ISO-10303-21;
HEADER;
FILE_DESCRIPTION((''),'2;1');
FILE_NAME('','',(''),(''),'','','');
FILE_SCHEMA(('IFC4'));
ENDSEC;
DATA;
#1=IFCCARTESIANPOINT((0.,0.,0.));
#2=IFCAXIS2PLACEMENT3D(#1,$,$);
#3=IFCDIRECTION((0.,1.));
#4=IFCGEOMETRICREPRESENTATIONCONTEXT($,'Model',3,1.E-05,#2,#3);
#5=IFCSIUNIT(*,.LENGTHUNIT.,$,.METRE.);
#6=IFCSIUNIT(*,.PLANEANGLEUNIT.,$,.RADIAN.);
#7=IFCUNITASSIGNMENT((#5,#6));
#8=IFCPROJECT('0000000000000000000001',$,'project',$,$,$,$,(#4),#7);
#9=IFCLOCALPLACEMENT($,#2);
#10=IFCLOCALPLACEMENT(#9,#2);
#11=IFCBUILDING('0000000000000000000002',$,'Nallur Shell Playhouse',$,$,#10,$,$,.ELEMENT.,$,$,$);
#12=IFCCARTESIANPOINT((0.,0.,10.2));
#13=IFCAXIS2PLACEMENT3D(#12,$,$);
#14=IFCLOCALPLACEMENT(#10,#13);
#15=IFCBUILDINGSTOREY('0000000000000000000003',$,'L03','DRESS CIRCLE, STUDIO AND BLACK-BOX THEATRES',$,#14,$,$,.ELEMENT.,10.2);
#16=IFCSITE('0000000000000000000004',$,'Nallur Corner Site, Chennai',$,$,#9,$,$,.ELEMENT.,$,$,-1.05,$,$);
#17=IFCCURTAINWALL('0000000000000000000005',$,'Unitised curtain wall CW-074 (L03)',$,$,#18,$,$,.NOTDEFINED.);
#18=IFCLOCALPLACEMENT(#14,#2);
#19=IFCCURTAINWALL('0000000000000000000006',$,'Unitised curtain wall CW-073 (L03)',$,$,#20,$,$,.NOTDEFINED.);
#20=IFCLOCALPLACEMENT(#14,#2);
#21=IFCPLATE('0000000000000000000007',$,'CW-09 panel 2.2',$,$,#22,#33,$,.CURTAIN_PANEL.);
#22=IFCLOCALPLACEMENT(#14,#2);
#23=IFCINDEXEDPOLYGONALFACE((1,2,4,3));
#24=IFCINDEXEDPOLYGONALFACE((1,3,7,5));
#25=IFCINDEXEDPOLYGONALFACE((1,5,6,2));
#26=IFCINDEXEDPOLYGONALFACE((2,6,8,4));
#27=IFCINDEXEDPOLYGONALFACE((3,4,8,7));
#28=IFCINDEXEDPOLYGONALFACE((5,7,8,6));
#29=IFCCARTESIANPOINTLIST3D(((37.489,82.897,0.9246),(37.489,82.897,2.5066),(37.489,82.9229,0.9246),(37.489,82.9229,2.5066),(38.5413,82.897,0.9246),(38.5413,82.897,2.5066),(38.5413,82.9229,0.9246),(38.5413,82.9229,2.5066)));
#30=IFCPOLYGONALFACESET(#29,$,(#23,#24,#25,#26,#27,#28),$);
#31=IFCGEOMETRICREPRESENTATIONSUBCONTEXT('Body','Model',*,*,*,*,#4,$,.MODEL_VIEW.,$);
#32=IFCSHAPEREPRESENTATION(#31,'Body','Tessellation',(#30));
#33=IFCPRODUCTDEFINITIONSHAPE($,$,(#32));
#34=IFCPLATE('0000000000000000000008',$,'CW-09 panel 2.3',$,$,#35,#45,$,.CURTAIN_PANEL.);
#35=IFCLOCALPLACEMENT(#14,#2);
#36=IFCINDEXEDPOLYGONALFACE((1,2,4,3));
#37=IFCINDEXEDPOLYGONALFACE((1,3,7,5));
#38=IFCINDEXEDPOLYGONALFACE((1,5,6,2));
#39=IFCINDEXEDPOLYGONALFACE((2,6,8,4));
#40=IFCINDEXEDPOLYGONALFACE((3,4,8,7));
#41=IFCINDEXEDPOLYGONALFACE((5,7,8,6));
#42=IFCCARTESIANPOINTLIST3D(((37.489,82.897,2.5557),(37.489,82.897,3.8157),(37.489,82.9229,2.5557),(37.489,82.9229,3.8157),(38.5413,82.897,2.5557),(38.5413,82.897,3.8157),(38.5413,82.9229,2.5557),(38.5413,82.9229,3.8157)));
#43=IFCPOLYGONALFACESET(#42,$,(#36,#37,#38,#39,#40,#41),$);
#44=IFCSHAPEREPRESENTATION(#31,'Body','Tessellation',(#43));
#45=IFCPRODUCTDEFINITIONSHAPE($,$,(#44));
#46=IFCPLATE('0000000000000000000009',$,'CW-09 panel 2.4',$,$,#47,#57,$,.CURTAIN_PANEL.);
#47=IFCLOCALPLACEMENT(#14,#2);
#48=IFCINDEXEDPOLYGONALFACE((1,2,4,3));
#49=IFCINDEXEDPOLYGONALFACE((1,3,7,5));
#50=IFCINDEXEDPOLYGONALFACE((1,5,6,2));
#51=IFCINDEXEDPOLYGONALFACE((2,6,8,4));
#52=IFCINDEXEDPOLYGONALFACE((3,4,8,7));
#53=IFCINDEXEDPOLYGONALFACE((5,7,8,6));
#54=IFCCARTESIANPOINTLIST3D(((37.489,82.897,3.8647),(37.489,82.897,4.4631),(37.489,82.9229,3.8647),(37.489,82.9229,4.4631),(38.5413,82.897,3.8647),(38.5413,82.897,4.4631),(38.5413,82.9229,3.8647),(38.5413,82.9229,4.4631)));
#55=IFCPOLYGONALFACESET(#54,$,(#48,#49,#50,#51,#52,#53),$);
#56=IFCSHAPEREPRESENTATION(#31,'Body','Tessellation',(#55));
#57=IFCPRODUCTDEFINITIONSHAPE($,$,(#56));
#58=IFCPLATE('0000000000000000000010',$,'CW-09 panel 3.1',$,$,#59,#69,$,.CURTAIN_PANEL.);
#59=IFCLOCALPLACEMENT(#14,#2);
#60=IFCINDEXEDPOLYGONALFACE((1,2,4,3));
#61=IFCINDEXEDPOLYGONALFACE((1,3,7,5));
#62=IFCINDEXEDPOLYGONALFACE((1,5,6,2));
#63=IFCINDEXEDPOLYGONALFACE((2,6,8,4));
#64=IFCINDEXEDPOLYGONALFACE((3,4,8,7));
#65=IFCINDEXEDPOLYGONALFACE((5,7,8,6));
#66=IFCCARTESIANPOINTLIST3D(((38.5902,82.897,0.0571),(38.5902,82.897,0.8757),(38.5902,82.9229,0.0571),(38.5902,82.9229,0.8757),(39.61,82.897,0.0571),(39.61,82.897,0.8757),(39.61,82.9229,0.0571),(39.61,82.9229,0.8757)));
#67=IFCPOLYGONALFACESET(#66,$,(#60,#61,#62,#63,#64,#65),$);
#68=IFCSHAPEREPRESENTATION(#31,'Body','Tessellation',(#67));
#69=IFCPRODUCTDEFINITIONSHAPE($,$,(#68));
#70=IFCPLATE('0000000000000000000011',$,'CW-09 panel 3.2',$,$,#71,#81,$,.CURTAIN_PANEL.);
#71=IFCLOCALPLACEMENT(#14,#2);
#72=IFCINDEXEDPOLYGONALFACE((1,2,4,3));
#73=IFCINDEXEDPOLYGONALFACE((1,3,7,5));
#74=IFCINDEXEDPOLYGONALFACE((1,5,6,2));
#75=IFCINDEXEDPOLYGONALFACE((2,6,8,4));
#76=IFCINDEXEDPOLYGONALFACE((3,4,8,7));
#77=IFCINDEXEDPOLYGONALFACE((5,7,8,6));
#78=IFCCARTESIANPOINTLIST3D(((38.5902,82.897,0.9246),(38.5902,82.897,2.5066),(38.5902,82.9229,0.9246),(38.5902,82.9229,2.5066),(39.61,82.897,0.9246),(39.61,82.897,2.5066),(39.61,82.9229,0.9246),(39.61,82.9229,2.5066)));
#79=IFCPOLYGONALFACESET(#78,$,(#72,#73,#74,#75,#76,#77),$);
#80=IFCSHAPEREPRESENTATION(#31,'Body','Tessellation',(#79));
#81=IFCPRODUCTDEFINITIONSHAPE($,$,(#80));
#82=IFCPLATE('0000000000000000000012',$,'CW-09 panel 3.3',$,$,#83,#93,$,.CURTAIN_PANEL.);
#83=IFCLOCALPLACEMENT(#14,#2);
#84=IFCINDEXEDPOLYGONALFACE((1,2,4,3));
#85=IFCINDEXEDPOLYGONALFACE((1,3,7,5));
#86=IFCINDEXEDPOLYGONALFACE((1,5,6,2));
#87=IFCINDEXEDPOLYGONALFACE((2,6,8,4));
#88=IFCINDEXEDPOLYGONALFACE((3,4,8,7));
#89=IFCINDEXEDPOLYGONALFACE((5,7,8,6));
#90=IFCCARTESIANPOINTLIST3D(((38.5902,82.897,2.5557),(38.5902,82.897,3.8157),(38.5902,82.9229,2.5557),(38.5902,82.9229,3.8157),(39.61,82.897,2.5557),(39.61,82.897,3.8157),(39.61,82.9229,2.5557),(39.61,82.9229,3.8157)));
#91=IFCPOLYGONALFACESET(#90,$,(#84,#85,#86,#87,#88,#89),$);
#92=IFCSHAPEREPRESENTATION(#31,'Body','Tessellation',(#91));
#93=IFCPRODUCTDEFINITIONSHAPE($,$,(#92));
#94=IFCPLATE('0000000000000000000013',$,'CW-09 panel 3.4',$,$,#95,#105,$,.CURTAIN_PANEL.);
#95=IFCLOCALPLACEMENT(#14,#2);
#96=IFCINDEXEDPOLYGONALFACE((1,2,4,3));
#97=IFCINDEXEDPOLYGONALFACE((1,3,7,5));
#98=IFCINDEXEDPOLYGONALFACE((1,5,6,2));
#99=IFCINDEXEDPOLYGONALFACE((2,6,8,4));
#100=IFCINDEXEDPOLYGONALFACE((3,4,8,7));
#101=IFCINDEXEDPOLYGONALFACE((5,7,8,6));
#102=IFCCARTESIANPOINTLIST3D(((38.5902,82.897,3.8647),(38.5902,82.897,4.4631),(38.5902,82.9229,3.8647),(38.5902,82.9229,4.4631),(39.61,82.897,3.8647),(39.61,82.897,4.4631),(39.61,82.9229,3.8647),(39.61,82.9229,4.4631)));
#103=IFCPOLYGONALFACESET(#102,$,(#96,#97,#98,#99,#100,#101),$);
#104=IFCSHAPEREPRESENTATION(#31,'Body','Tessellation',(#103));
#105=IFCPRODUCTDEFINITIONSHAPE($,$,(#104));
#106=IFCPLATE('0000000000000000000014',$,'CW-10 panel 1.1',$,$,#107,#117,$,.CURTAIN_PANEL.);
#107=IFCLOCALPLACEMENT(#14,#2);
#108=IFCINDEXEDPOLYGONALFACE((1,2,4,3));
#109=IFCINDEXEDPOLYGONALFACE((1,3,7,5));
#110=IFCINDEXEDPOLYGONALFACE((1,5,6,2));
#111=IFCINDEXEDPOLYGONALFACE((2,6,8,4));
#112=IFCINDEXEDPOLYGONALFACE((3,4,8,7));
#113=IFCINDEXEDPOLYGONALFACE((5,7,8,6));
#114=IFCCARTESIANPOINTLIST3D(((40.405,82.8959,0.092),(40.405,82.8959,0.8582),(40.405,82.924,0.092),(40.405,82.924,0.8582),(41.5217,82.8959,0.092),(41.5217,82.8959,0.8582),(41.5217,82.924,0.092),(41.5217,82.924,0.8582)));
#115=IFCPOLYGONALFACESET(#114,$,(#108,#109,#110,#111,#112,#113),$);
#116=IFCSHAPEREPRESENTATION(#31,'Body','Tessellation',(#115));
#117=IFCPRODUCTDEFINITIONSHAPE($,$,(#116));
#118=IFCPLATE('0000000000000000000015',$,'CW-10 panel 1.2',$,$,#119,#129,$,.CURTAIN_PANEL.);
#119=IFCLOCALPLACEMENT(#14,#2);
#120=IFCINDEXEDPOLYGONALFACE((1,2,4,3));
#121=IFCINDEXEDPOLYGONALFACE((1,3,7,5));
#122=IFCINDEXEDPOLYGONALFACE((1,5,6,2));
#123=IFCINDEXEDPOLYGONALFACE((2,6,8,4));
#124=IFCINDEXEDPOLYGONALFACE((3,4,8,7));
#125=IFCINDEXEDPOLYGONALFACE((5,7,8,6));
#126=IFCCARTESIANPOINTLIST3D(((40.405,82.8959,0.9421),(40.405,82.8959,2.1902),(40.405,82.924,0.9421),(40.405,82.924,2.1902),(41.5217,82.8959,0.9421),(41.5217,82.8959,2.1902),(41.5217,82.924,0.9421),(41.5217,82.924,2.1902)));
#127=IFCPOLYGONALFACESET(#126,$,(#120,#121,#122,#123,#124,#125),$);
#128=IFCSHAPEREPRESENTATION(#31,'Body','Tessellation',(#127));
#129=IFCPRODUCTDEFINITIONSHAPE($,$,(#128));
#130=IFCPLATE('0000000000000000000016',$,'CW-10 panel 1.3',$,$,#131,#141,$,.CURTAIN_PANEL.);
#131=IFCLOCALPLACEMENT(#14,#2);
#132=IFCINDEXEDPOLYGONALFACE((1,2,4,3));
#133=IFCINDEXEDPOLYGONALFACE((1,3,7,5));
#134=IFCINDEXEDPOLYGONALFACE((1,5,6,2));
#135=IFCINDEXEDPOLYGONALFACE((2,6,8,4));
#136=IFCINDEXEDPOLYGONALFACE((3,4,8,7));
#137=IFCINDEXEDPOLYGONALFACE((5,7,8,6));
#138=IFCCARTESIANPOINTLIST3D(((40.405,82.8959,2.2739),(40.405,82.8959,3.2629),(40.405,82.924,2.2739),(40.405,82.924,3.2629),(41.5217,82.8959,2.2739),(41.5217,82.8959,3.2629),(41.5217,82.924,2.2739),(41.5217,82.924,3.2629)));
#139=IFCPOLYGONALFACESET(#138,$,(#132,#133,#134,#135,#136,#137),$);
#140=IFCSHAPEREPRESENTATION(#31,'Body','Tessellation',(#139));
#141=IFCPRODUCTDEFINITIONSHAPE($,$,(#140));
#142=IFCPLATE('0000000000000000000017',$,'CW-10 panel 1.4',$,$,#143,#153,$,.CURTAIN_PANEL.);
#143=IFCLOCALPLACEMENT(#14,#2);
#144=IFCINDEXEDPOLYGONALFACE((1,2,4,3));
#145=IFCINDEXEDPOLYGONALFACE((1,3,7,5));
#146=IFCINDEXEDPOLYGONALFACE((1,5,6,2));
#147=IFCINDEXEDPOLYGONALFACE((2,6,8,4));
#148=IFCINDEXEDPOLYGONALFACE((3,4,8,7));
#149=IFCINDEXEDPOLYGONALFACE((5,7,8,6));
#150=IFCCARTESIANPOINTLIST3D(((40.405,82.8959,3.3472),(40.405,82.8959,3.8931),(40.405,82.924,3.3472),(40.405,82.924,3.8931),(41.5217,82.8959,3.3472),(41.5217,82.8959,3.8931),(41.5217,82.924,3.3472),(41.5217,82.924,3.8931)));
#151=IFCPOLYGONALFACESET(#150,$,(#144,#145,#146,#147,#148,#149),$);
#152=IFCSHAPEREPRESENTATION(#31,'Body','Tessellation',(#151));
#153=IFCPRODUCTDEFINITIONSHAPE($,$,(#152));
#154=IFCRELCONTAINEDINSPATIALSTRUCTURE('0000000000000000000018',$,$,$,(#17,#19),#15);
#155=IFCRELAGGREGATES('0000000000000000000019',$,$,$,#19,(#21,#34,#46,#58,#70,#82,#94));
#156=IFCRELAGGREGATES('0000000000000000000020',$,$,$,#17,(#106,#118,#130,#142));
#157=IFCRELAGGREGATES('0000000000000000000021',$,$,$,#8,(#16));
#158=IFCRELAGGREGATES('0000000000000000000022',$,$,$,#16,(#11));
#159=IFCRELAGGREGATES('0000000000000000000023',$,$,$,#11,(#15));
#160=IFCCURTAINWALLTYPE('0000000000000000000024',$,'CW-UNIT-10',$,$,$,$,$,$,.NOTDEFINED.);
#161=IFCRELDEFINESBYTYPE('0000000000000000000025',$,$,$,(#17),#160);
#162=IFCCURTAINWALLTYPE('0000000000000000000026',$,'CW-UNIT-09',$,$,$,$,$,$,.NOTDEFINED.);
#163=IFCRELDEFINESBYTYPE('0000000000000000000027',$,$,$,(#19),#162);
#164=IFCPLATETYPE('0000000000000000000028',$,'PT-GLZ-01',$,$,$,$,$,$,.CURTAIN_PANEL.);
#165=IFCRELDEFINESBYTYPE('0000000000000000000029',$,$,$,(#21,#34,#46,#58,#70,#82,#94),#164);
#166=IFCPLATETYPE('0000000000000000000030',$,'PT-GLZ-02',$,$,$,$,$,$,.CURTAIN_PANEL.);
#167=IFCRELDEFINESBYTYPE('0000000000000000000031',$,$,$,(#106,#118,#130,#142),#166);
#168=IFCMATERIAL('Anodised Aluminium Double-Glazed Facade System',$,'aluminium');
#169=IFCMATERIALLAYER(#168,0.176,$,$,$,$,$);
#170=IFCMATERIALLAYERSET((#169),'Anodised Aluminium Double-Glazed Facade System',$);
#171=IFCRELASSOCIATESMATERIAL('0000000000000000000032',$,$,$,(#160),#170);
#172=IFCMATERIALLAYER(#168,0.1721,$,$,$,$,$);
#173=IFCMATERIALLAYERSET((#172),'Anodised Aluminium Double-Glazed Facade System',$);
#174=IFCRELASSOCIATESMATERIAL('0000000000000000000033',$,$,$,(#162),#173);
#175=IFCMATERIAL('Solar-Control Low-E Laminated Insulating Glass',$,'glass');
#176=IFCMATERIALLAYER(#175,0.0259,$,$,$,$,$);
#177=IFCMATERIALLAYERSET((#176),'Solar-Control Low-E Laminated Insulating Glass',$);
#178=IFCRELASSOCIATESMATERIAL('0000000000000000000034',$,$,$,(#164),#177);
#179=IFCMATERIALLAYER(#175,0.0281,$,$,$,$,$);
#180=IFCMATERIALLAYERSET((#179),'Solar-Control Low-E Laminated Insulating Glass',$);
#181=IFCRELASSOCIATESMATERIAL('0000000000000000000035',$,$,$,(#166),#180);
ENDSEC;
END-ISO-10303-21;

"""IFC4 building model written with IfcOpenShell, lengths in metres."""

from ifc_helpers import new_model, si_unit, direction, frame, origin, origin_2d, place, context, subcontext, project, spatial, rectangle, extrude, material, layer, layer_set, type_object, element, aggregate, save


model = new_model("IFC4")

# Units and contexts
model_context = context("Model", 3, precision=1e-05, world=origin(), true_north=direction((0.0, 1.0)))
body_context = subcontext(model_context, "Body", "Model", "MODEL_VIEW")
ifc_project = project(units=[si_unit("LENGTHUNIT", "METRE"), si_unit("PLANEANGLEUNIT", "RADIAN")], contexts=[model_context])

# Site, building, storey
site_placement = place(None, origin())
site = spatial("IfcSite", under=ifc_project, at=site_placement, Name="Nallur Corner Site, Chennai", CompositionType="ELEMENT", RefElevation=-1.05)
building_placement = place(site_placement, origin())
building = spatial("IfcBuilding", under=site, at=building_placement, Name="Nallur Shell Playhouse", CompositionType="ELEMENT")
storey_placement = place(building_placement, frame((0.0, 0.0, 10.2)))
storey = spatial("IfcBuildingStorey", under=building, at=storey_placement, Name="L03", Description="DRESS CIRCLE, STUDIO AND BLACK-BOX THEATRES", CompositionType="ELEMENT", Elevation=10.2)

# Curtain wall
ifc_material_1 = material(Name="Anodised Aluminium Double-Glazed Facade System", Category="aluminium")
ifc_layer_1 = layer(ifc_material_1, 0.176)
ifc_layer_set_1 = layer_set([ifc_layer_1], Name="Anodised Aluminium Double-Glazed Facade System")
curtain_wall_type_1 = type_object("IfcCurtainWallType", Name="CW-UNIT-10", PredefinedType="NOTDEFINED", material=ifc_layer_set_1)
curtain_wall_1_placement = place(storey_placement, origin())
curtain_wall_1 = element("IfcCurtainWall", 1, at=curtain_wall_1_placement, inside=storey, type_object=curtain_wall_type_1, Name="Unitised curtain wall CW-074 (L03)", PredefinedType="NOTDEFINED")

# Curtain wall
ifc_layer_2 = layer(ifc_material_1, 0.1721)
ifc_layer_set_2 = layer_set([ifc_layer_2], Name="Anodised Aluminium Double-Glazed Facade System")
curtain_wall_type_2 = type_object("IfcCurtainWallType", Name="CW-UNIT-09", PredefinedType="NOTDEFINED", material=ifc_layer_set_2)
curtain_wall_2_placement = place(storey_placement, origin())
curtain_wall_2 = element("IfcCurtainWall", 2, at=curtain_wall_2_placement, inside=storey, type_object=curtain_wall_type_2, Name="Unitised curtain wall CW-073 (L03)", PredefinedType="NOTDEFINED")

# Plates
ifc_material_2 = material(Name="Solar-Control Low-E Laminated Insulating Glass", Category="glass")
ifc_layer_3 = layer(ifc_material_2, 0.0259)
ifc_layer_set_3 = layer_set([ifc_layer_3], Name="Solar-Control Low-E Laminated Insulating Glass")
plate_type_1 = type_object("IfcPlateType", Name="PT-GLZ-01", PredefinedType="CURTAIN_PANEL", material=ifc_layer_set_3)
plate_1_placement = place(storey_placement, frame((38.0151, 82.9099, 0.9246), z_axis=(0.0, 0.0, 1.0), x_axis=(1.0, 0.0, 0.0)))
plate_1 = element("IfcPlate", 3, at=plate_1_placement, type_object=plate_type_1, Name="CW-09 panel 2.2", PredefinedType="CURTAIN_PANEL", context=body_context, shape_type="SweptSolid", body=[
    extrude(rectangle(XDim=1.0522, YDim=0.0259, at=origin_2d()), origin(), (0.0, 0.0, 1.0), 1.582),
])
plate_2_placement = place(storey_placement, frame((38.0151, 82.9099, 2.5557), z_axis=(0.0, 0.0, 1.0), x_axis=(1.0, 0.0, 0.0)))
plate_2 = element("IfcPlate", 4, at=plate_2_placement, type_object=plate_type_1, Name="CW-09 panel 2.3", PredefinedType="CURTAIN_PANEL", context=body_context, shape_type="SweptSolid", body=[
    extrude(rectangle(XDim=1.0522, YDim=0.0259, at=origin_2d()), origin(), (0.0, 0.0, 1.0), 1.26),
])
plate_3_placement = place(storey_placement, frame((38.0151, 82.9099, 3.8647), z_axis=(0.0, 0.0, 1.0), x_axis=(1.0, 0.0, 0.0)))
plate_3 = element("IfcPlate", 5, at=plate_3_placement, type_object=plate_type_1, Name="CW-09 panel 2.4", PredefinedType="CURTAIN_PANEL", context=body_context, shape_type="SweptSolid", body=[
    extrude(rectangle(XDim=1.0522, YDim=0.0259, at=origin_2d()), origin(), (0.0, 0.0, 1.0), 0.5984),
])
plate_4_placement = place(storey_placement, frame((39.1001, 82.9099, 0.0571), z_axis=(0.0, 0.0, 1.0), x_axis=(1.0, 0.0, 0.0)))
plate_4 = element("IfcPlate", 6, at=plate_4_placement, type_object=plate_type_1, Name="CW-09 panel 3.1", PredefinedType="CURTAIN_PANEL", context=body_context, shape_type="SweptSolid", body=[
    extrude(rectangle(XDim=1.0198, YDim=0.0259, at=origin_2d()), origin(), (0.0, 0.0, 1.0), 0.8186),
])
plate_5_placement = place(storey_placement, frame((39.1001, 82.9099, 0.9246), z_axis=(0.0, 0.0, 1.0), x_axis=(1.0, 0.0, 0.0)))
plate_5 = element("IfcPlate", 7, at=plate_5_placement, type_object=plate_type_1, Name="CW-09 panel 3.2", PredefinedType="CURTAIN_PANEL", context=body_context, shape_type="SweptSolid", body=[
    extrude(rectangle(XDim=1.0198, YDim=0.0259, at=origin_2d()), origin(), (0.0, 0.0, 1.0), 1.582),
])
plate_6_placement = place(storey_placement, frame((39.1001, 82.9099, 2.5557), z_axis=(0.0, 0.0, 1.0), x_axis=(1.0, 0.0, 0.0)))
plate_6 = element("IfcPlate", 8, at=plate_6_placement, type_object=plate_type_1, Name="CW-09 panel 3.3", PredefinedType="CURTAIN_PANEL", context=body_context, shape_type="SweptSolid", body=[
    extrude(rectangle(XDim=1.0198, YDim=0.0259, at=origin_2d()), origin(), (0.0, 0.0, 1.0), 1.26),
])
plate_7_placement = place(storey_placement, frame((39.1001, 82.9099, 3.8647), z_axis=(0.0, 0.0, 1.0), x_axis=(1.0, 0.0, 0.0)))
plate_7 = element("IfcPlate", 9, at=plate_7_placement, type_object=plate_type_1, Name="CW-09 panel 3.4", PredefinedType="CURTAIN_PANEL", context=body_context, shape_type="SweptSolid", body=[
    extrude(rectangle(XDim=1.0198, YDim=0.0259, at=origin_2d()), origin(), (0.0, 0.0, 1.0), 0.5984),
])
aggregate(curtain_wall_2, [plate_1, plate_2, plate_3, plate_4, plate_5, plate_6, plate_7])
ifc_layer_4 = layer(ifc_material_2, 0.0281)
ifc_layer_set_4 = layer_set([ifc_layer_4], Name="Solar-Control Low-E Laminated Insulating Glass")
plate_type_2 = type_object("IfcPlateType", Name="PT-GLZ-02", PredefinedType="CURTAIN_PANEL", material=ifc_layer_set_4)
plate_8_placement = place(storey_placement, frame((40.9634, 82.9099, 0.092), z_axis=(0.0, 0.0, 1.0), x_axis=(1.0, 0.0, 0.0)))
plate_8 = element("IfcPlate", 10, at=plate_8_placement, type_object=plate_type_2, Name="CW-10 panel 1.1", PredefinedType="CURTAIN_PANEL", context=body_context, shape_type="SweptSolid", body=[
    extrude(rectangle(XDim=1.1167, YDim=0.0281, at=origin_2d()), origin(), (0.0, 0.0, 1.0), 0.7661),
])
plate_9_placement = place(storey_placement, frame((40.9634, 82.9099, 0.9421), z_axis=(0.0, 0.0, 1.0), x_axis=(1.0, 0.0, 0.0)))
plate_9 = element("IfcPlate", 11, at=plate_9_placement, type_object=plate_type_2, Name="CW-10 panel 1.2", PredefinedType="CURTAIN_PANEL", context=body_context, shape_type="SweptSolid", body=[
    extrude(rectangle(XDim=1.1167, YDim=0.0281, at=origin_2d()), origin(), (0.0, 0.0, 1.0), 1.248),
])
plate_10_placement = place(storey_placement, frame((40.9634, 82.9099, 2.2739), z_axis=(0.0, 0.0, 1.0), x_axis=(1.0, 0.0, 0.0)))
plate_10 = element("IfcPlate", 12, at=plate_10_placement, type_object=plate_type_2, Name="CW-10 panel 1.3", PredefinedType="CURTAIN_PANEL", context=body_context, shape_type="SweptSolid", body=[
    extrude(rectangle(XDim=1.1167, YDim=0.0281, at=origin_2d()), origin(), (0.0, 0.0, 1.0), 0.989),
])
plate_11_placement = place(storey_placement, frame((40.9634, 82.9099, 3.3472), z_axis=(0.0, 0.0, 1.0), x_axis=(1.0, 0.0, 0.0)))
plate_11 = element("IfcPlate", 13, at=plate_11_placement, type_object=plate_type_2, Name="CW-10 panel 1.4", PredefinedType="CURTAIN_PANEL", context=body_context, shape_type="SweptSolid", body=[
    extrude(rectangle(XDim=1.1167, YDim=0.0281, at=origin_2d()), origin(), (0.0, 0.0, 1.0), 0.5459),
])
aggregate(curtain_wall_1, [plate_8, plate_9, plate_10, plate_11])

save(model, "model.ifc")
